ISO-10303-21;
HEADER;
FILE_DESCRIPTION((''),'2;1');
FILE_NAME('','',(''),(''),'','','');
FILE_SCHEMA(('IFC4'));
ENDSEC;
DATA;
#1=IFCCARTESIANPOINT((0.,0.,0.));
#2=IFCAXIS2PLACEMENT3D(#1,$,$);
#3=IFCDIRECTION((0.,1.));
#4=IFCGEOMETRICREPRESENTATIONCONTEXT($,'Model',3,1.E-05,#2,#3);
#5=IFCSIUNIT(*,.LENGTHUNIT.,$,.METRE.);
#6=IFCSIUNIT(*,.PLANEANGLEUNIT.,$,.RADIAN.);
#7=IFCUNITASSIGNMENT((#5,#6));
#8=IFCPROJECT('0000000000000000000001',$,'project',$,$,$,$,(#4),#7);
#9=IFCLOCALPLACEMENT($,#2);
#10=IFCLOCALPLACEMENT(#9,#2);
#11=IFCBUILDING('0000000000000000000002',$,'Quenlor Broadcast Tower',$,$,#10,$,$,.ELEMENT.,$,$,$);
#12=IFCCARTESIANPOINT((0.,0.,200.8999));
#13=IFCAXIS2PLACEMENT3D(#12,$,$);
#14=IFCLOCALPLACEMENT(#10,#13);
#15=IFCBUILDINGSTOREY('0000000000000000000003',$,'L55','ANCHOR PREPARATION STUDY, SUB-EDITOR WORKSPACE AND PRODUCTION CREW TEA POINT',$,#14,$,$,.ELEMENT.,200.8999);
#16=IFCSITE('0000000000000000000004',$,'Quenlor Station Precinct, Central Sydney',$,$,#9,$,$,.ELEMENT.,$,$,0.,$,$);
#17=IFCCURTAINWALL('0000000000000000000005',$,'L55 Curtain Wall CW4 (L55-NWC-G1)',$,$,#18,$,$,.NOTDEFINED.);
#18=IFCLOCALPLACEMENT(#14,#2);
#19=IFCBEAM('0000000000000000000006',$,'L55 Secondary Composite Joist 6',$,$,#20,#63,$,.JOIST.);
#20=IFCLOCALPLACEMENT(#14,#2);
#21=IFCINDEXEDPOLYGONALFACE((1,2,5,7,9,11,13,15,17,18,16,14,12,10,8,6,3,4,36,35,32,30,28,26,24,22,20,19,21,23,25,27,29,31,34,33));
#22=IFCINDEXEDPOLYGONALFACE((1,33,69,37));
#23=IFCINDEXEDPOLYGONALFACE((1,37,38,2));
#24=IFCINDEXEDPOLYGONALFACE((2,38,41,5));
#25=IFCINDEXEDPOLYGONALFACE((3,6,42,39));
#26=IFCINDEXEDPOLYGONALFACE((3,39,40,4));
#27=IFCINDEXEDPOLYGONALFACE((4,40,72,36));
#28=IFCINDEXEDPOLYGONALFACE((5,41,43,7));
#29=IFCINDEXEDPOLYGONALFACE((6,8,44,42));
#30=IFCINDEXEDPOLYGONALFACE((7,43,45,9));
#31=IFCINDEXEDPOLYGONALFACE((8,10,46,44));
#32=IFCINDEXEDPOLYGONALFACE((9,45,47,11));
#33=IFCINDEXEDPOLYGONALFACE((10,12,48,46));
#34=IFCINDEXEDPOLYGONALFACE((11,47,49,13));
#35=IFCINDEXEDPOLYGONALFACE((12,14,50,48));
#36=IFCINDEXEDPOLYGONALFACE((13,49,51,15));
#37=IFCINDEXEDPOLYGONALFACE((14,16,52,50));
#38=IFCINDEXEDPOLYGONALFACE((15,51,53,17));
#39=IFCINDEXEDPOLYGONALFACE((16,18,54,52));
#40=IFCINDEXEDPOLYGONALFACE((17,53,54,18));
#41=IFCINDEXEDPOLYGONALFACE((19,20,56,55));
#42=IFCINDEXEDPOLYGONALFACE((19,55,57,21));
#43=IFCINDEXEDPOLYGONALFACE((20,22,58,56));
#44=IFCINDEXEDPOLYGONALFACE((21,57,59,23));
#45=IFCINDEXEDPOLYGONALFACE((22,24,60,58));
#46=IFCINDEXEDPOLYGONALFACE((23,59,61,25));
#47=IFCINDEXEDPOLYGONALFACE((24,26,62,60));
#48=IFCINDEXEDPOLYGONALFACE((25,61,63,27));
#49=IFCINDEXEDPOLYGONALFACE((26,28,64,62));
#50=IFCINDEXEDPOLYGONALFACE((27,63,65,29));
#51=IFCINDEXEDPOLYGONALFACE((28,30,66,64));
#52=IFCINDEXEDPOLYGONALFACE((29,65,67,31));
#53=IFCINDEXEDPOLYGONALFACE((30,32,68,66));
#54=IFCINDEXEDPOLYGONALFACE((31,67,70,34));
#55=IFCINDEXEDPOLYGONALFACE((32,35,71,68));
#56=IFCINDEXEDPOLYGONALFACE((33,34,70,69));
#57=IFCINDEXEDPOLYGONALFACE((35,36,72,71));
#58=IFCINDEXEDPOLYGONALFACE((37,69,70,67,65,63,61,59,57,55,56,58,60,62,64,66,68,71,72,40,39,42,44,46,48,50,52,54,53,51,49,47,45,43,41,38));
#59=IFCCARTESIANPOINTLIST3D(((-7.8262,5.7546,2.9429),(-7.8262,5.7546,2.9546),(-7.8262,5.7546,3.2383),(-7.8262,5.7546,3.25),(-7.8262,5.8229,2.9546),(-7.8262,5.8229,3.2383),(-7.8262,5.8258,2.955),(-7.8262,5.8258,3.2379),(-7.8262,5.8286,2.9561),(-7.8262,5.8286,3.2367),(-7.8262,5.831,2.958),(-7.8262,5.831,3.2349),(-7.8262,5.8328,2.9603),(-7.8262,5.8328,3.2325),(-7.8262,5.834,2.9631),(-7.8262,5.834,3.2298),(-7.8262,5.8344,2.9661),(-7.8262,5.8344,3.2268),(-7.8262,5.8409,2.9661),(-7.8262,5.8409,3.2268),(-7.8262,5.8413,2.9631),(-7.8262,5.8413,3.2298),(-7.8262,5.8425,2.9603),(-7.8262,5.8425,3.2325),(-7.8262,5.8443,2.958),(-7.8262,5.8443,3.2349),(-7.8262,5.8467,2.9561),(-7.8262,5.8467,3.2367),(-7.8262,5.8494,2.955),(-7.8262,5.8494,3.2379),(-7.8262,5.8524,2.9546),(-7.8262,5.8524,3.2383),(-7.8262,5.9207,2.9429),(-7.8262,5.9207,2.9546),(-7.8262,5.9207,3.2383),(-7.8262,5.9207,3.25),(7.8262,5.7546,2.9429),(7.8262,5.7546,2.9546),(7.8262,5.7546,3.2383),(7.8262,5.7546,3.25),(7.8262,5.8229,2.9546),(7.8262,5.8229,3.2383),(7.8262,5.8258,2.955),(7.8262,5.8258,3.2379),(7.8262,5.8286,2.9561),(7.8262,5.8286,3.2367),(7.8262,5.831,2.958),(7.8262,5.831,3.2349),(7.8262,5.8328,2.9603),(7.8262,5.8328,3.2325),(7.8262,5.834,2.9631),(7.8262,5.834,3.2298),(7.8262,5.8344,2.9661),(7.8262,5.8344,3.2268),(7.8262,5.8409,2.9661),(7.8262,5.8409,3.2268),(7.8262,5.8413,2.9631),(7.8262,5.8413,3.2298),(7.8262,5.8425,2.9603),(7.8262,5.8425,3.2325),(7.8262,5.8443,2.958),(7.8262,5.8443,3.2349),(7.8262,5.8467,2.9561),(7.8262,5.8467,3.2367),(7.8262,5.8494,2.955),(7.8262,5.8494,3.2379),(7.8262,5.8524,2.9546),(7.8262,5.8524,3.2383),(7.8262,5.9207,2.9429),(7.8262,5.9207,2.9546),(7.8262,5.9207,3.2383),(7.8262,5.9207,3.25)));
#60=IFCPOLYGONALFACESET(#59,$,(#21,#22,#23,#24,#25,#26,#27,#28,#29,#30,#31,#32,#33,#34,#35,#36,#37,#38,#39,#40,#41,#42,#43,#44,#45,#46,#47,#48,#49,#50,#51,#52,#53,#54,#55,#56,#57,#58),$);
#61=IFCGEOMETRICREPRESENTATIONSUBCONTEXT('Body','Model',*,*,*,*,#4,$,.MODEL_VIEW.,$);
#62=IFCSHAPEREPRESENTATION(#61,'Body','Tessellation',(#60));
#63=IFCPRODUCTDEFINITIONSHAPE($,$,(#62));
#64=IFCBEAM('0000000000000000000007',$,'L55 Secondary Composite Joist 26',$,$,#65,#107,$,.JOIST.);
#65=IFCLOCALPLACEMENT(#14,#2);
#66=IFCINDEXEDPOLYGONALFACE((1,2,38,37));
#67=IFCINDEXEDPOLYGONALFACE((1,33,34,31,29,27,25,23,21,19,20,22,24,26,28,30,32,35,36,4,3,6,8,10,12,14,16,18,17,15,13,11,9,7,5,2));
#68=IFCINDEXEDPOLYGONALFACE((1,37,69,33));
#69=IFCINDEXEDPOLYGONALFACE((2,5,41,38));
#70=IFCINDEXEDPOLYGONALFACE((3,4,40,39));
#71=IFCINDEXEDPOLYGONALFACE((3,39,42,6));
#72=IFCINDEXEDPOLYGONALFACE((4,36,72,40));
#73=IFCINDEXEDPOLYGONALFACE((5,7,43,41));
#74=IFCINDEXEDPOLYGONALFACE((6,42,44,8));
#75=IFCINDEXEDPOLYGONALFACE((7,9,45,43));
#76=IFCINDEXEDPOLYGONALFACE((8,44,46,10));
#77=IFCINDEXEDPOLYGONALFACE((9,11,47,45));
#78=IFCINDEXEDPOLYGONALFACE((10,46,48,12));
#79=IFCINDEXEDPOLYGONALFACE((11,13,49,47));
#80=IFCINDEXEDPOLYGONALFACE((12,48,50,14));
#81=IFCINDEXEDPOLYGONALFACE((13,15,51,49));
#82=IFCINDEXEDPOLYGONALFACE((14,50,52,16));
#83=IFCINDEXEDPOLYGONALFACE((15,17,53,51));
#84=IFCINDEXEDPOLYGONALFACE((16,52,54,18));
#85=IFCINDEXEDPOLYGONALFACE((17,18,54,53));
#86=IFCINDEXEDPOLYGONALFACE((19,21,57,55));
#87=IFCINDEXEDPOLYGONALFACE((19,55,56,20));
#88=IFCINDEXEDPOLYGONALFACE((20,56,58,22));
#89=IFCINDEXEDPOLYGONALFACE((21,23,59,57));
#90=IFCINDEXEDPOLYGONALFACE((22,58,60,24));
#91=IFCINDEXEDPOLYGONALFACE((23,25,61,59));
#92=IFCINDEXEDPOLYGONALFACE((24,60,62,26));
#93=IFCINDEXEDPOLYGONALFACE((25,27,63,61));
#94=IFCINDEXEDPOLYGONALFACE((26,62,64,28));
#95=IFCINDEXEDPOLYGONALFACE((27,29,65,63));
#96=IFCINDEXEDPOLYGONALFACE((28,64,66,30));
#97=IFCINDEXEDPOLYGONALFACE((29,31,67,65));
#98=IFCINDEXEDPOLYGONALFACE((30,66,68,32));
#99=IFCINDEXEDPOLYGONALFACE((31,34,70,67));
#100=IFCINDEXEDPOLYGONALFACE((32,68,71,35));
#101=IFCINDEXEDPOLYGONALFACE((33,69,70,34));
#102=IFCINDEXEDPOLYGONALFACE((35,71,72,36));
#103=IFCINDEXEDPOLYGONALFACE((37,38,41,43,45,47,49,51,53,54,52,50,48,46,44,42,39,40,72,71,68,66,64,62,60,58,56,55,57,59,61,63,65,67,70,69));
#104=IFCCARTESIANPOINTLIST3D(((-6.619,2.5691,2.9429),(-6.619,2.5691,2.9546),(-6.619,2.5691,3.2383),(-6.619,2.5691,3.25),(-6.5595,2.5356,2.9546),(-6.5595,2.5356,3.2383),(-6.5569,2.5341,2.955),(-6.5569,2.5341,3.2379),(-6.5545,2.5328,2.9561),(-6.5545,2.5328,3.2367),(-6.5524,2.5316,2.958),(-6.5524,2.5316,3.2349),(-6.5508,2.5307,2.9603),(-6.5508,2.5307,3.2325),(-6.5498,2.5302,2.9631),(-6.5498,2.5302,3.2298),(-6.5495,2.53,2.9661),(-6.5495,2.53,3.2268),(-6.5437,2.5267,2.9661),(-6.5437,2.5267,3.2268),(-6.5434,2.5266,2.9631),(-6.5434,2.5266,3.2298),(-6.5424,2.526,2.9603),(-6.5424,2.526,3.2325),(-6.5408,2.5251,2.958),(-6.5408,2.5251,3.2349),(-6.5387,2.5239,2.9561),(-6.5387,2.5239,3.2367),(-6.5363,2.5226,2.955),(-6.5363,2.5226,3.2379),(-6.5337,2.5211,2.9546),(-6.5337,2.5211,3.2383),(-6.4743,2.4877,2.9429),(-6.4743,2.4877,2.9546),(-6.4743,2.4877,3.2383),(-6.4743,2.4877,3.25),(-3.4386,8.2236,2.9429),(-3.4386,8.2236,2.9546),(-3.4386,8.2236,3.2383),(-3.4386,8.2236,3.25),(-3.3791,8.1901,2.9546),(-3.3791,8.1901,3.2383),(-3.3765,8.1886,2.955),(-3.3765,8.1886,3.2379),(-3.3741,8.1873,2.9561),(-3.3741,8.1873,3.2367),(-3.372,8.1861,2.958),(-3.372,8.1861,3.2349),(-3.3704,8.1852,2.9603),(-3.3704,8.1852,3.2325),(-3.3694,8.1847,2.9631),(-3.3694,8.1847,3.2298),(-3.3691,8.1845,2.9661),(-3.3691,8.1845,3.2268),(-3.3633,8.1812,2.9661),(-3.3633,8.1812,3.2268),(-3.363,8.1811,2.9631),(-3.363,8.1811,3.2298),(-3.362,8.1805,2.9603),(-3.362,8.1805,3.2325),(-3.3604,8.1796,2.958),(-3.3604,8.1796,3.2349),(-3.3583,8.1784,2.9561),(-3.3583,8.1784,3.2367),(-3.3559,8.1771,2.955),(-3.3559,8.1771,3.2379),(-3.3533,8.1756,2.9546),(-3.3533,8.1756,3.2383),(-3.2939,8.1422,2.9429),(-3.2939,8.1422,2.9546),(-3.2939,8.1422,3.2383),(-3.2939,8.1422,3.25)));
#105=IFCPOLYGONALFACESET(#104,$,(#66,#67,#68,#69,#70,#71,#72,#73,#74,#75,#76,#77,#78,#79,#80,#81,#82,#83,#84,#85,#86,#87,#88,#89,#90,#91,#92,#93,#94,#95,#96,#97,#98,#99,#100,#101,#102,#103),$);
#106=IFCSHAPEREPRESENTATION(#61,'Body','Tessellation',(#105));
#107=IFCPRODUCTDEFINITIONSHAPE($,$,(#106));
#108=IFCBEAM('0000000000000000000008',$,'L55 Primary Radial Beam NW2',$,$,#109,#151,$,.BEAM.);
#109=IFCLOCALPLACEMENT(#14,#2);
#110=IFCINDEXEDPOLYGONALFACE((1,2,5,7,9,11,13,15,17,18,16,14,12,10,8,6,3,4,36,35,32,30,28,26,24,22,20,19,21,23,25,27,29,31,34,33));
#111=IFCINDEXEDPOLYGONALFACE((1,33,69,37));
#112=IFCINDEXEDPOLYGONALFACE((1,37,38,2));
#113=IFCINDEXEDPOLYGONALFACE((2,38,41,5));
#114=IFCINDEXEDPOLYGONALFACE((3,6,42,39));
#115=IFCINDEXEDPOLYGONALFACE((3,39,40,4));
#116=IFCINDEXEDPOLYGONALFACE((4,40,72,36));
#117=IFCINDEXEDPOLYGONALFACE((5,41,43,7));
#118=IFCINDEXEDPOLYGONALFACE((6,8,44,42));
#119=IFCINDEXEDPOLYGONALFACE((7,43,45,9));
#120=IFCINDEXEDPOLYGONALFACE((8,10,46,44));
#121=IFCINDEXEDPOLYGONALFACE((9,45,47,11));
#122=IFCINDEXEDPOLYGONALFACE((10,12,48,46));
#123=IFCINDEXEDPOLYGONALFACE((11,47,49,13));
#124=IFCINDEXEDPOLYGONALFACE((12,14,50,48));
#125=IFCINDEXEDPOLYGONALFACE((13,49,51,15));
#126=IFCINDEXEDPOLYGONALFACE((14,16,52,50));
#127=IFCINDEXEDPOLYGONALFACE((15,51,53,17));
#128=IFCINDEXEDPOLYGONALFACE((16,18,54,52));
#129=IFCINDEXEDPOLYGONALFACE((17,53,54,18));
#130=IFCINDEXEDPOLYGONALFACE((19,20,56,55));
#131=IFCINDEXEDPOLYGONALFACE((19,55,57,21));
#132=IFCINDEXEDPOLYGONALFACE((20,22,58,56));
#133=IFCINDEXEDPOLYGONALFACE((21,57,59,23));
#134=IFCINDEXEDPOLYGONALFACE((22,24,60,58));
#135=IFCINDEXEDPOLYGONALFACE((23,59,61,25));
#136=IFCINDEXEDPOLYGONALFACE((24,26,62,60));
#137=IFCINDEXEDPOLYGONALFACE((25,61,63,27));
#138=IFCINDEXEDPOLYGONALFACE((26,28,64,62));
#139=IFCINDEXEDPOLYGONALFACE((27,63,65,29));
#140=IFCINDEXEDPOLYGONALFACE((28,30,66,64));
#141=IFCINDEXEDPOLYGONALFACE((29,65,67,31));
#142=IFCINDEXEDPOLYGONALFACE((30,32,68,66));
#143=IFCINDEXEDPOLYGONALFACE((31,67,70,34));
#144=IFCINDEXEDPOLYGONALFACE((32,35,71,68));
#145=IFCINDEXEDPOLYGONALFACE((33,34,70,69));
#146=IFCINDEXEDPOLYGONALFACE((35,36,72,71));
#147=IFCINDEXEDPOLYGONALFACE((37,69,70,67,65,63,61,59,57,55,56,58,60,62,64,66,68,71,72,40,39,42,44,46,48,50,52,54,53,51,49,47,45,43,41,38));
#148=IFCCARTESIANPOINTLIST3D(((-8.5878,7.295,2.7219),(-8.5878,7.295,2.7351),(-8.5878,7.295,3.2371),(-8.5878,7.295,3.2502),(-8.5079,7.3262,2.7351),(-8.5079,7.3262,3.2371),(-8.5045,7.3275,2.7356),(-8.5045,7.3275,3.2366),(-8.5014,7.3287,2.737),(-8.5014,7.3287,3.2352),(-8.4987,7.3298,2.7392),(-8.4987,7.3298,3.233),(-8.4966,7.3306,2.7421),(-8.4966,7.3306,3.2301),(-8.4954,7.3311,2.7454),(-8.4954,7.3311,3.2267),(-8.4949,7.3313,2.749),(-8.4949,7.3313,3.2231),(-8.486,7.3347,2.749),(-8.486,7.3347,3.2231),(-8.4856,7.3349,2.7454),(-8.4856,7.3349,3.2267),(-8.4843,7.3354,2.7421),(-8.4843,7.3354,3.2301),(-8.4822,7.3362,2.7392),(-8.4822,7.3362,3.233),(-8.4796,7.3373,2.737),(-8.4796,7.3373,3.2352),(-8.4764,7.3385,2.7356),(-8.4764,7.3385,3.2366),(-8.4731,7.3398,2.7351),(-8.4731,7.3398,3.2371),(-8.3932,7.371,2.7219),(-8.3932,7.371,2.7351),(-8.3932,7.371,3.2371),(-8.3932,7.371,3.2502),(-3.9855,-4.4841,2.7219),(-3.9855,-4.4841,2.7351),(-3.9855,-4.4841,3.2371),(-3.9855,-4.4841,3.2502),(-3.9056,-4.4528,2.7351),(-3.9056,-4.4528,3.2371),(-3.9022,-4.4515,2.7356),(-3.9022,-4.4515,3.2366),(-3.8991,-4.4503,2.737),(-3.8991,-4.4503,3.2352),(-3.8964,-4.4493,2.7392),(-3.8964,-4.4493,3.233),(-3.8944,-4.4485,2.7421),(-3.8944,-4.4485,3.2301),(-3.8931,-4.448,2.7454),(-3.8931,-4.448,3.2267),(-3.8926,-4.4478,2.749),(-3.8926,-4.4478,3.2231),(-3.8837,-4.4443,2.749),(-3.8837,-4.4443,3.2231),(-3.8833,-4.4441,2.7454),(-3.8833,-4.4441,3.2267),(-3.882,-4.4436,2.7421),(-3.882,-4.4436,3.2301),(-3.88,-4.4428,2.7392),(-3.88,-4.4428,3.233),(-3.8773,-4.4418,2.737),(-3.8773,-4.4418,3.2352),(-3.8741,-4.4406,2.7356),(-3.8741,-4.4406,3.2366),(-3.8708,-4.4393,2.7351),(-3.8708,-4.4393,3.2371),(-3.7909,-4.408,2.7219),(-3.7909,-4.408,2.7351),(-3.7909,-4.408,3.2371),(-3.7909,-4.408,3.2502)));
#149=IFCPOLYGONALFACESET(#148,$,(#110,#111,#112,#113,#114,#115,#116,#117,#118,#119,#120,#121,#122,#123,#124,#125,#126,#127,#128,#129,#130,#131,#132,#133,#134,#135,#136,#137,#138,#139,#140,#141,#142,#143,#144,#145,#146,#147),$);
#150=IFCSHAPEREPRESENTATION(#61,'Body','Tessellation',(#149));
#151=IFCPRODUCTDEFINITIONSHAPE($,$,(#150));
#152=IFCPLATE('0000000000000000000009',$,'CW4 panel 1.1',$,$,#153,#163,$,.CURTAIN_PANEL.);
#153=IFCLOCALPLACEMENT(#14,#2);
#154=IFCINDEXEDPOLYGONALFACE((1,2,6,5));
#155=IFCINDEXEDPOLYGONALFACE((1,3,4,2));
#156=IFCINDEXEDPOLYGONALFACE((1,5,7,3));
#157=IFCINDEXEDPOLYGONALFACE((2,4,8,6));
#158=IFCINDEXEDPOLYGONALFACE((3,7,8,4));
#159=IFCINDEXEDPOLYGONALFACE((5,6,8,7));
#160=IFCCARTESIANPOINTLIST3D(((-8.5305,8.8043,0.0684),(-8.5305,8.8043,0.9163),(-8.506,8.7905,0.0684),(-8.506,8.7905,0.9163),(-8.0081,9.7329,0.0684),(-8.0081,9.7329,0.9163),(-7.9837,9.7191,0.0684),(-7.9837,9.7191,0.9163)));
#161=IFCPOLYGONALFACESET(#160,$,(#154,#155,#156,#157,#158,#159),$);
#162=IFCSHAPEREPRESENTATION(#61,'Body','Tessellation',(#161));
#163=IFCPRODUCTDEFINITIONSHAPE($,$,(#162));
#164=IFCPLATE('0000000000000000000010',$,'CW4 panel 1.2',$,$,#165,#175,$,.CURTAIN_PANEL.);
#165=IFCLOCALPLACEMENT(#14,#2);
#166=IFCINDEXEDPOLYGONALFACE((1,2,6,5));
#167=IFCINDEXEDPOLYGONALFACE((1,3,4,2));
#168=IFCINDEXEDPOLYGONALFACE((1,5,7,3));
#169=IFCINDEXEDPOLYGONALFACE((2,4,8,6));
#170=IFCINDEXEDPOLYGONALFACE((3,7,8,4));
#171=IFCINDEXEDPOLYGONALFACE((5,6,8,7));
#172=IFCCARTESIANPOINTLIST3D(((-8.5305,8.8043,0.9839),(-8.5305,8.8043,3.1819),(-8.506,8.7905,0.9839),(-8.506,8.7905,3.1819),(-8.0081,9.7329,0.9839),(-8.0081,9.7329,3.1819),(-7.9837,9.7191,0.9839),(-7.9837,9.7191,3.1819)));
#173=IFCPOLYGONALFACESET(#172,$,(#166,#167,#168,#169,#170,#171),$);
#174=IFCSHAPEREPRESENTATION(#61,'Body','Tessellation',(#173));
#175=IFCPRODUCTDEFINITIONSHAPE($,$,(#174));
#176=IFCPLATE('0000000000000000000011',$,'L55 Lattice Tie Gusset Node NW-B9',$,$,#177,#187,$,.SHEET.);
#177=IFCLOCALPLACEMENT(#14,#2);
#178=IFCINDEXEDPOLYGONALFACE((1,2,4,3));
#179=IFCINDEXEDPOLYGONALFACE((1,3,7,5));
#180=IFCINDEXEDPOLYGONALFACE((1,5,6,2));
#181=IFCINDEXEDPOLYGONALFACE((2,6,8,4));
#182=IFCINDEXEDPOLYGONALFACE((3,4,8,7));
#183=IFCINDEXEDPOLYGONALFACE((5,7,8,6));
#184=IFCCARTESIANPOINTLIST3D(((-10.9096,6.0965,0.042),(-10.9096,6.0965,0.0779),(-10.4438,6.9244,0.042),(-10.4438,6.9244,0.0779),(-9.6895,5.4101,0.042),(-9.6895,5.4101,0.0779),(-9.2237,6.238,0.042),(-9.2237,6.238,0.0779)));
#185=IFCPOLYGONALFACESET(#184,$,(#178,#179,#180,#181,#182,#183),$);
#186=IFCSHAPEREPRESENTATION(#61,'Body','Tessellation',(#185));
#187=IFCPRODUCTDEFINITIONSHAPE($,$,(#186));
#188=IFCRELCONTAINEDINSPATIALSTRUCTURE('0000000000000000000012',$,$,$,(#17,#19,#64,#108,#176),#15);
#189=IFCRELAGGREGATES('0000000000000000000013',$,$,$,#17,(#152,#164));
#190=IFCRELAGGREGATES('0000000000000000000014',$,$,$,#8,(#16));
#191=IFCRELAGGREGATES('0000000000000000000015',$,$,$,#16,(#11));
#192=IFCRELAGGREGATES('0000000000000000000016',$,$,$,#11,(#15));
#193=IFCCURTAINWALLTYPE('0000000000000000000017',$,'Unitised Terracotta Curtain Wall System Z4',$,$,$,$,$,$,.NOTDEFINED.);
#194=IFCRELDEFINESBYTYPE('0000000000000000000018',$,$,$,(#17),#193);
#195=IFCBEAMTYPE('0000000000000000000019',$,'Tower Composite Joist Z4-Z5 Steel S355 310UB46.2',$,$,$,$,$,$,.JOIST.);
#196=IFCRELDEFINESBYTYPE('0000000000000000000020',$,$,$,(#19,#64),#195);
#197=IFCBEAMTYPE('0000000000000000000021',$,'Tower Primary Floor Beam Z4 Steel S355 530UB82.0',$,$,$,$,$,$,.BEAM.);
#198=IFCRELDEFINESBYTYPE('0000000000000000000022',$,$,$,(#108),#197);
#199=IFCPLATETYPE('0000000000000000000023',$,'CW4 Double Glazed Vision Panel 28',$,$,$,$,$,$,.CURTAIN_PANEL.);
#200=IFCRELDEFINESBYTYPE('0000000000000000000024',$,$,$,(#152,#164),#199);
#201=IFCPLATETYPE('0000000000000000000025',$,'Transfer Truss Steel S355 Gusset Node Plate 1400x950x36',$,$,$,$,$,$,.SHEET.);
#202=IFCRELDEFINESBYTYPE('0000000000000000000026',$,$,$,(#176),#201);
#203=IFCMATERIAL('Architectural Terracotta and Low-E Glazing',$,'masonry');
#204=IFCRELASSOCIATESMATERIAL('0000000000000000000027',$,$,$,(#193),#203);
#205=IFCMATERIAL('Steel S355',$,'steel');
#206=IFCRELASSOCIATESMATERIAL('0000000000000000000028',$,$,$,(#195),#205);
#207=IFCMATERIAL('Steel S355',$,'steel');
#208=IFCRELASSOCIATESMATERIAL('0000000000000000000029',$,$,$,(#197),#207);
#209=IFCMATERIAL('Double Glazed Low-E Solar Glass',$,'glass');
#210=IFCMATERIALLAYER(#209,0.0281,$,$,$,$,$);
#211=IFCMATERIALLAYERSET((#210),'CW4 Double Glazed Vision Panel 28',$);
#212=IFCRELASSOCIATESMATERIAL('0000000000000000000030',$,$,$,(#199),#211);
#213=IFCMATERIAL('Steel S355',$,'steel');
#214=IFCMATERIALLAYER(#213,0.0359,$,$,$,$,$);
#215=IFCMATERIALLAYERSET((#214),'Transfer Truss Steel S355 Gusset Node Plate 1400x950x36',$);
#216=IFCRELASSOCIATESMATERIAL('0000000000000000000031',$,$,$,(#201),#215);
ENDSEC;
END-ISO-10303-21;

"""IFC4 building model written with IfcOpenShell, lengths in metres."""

from ifc_helpers import new_model, si_unit, direction, frame, origin, origin_2d, place, context, subcontext, project, spatial, rectangle, i_section, extrude, material, layer, layer_set, material_profile, profile_set, type_object, element, aggregate, save


model = new_model("IFC4")

# Units and contexts
model_context = context("Model", 3, precision=1e-05, world=origin(), true_north=direction((0.0, 1.0)))
body_context = subcontext(model_context, "Body", "Model", "MODEL_VIEW")
ifc_project = project(units=[si_unit("LENGTHUNIT", "METRE"), si_unit("PLANEANGLEUNIT", "RADIAN")], contexts=[model_context])

# Site, building, storey
site_placement = place(None, origin())
site = spatial("IfcSite", under=ifc_project, at=site_placement, Name="Quenlor Station Precinct, Central Sydney", CompositionType="ELEMENT", RefElevation=0.0)
building_placement = place(site_placement, origin())
building = spatial("IfcBuilding", under=site, at=building_placement, Name="Quenlor Broadcast Tower", CompositionType="ELEMENT")
storey_placement = place(building_placement, frame((0.0, 0.0, 200.8999)))
storey = spatial("IfcBuildingStorey", under=building, at=storey_placement, Name="L55", Description="ANCHOR PREPARATION STUDY, SUB-EDITOR WORKSPACE AND PRODUCTION CREW TEA POINT", CompositionType="ELEMENT", Elevation=200.8999)

# Curtain wall
ifc_material_1 = material(Name="Architectural Terracotta and Low-E Glazing", Category="masonry")
curtain_wall_type = type_object("IfcCurtainWallType", Name="Unitised Terracotta Curtain Wall System Z4", PredefinedType="NOTDEFINED", material=ifc_material_1)
curtain_wall_placement = place(storey_placement, origin())
curtain_wall = element("IfcCurtainWall", 1, at=curtain_wall_placement, inside=storey, type_object=curtain_wall_type, Name="L55 Curtain Wall CW4 (L55-NWC-G1)", PredefinedType="NOTDEFINED")

# Beams
ifc_material_2 = material(Name="Steel S355", Category="steel")
ifc_material_profile_1 = material_profile(ifc_material_2, i_section(OverallWidth=0.166, OverallDepth=0.3071, WebThickness=0.0066, FlangeThickness=0.0117, FilletRadius=0.0115, at=origin_2d()))
ifc_profile_set_1 = profile_set([ifc_material_profile_1], Name="Steel S355 310UB46.2")
beam_type_1 = type_object("IfcBeamType", Name="Tower Composite Joist Z4-Z5 Steel S355 310UB46.2", PredefinedType="JOIST", material=ifc_profile_set_1)
beam_1_placement = place(storey_placement, frame((-7.8262, 5.8376, 3.0964), z_axis=(1.0, 0.0, 0.0), x_axis=(0.0, 1.0, 0.0)))
element("IfcBeam", 2, at=beam_1_placement, inside=storey, type_object=beam_type_1, Name="L55 Secondary Composite Joist 6", PredefinedType="JOIST", context=body_context, shape_type="SweptSolid", body=[
    extrude(i_section(OverallWidth=0.166, OverallDepth=0.3071, WebThickness=0.0066, FlangeThickness=0.0117, FilletRadius=0.0115, at=origin_2d()), origin(), (0.0, 0.0, 1.0), 15.6523),
])
beam_2_placement = place(storey_placement, frame((-3.3662, 8.1829, 3.0964), z_axis=(-0.490231, -0.871593, 0.0), x_axis=(0.871593, -0.490231, 0.0)))
element("IfcBeam", 3, at=beam_2_placement, inside=storey, type_object=beam_type_1, Name="L55 Secondary Composite Joist 26", PredefinedType="JOIST", context=body_context, shape_type="SweptSolid", body=[
    extrude(i_section(OverallWidth=0.166, OverallDepth=0.3071, WebThickness=0.0066, FlangeThickness=0.0117, FilletRadius=0.0115, at=origin_2d()), origin(), (0.0, 0.0, 1.0), 6.4875),
])
ifc_material_3 = material(Name="Steel S355", Category="steel")
ifc_material_profile_2 = material_profile(ifc_material_3, i_section(OverallWidth=0.209, OverallDepth=0.5283, WebThickness=0.0095, FlangeThickness=0.0132, FilletRadius=0.0139, at=origin_2d()))
ifc_profile_set_2 = profile_set([ifc_material_profile_2], Name="Steel S355 530UB82.0")
beam_type_2 = type_object("IfcBeamType", Name="Tower Primary Floor Beam Z4 Steel S355 530UB82.0", PredefinedType="BEAM", material=ifc_profile_set_2)
beam_3_placement = place(storey_placement, frame((-8.4905, 7.333, 2.9861), z_axis=(0.363926, -0.931428, 0.0), x_axis=(0.931428, 0.363926, 0.0)))
element("IfcBeam", 4, at=beam_3_placement, inside=storey, type_object=beam_type_2, Name="L55 Primary Radial Beam NW2", PredefinedType="BEAM", context=body_context, shape_type="SweptSolid", body=[
    extrude(i_section(OverallWidth=0.209, OverallDepth=0.5283, WebThickness=0.0095, FlangeThickness=0.0132, FilletRadius=0.0139, at=origin_2d()), origin(), (0.0, 0.0, 1.0), 12.6462),
])

# Plates
ifc_material_4 = material(Name="Double Glazed Low-E Solar Glass", Category="glass")
ifc_layer_1 = layer(ifc_material_4, 0.0281)
ifc_layer_set_1 = layer_set([ifc_layer_1], Name="CW4 Double Glazed Vision Panel 28")
plate_type_1 = type_object("IfcPlateType", Name="CW4 Double Glazed Vision Panel 28", PredefinedType="CURTAIN_PANEL", material=ifc_layer_set_1)
plate_1_placement = place(storey_placement, frame((-8.2571, 9.2617, 0.0684), z_axis=(0.0, 0.0, 1.0), x_axis=(0.490293, 0.871558, 0.0)))
plate_1 = element("IfcPlate", 5, at=plate_1_placement, type_object=plate_type_1, Name="CW4 panel 1.1", PredefinedType="CURTAIN_PANEL", context=body_context, shape_type="SweptSolid", body=[
    extrude(rectangle(XDim=1.0654, YDim=0.0281, at=origin_2d()), origin(), (0.0, 0.0, 1.0), 0.8479),
])
plate_2_placement = place(storey_placement, frame((-8.2571, 9.2617, 0.9839), z_axis=(0.0, 0.0, 1.0), x_axis=(0.490293, 0.871558, 0.0)))
plate_2 = element("IfcPlate", 6, at=plate_2_placement, type_object=plate_type_1, Name="CW4 panel 1.2", PredefinedType="CURTAIN_PANEL", context=body_context, shape_type="SweptSolid", body=[
    extrude(rectangle(XDim=1.0654, YDim=0.0281, at=origin_2d()), origin(), (0.0, 0.0, 1.0), 2.198),
])
aggregate(curtain_wall, [plate_1, plate_2])

# Plate
ifc_material_5 = material(Name="Steel S355", Category="steel")
ifc_layer_2 = layer(ifc_material_5, 0.0359)
ifc_layer_set_2 = layer_set([ifc_layer_2], Name="Transfer Truss Steel S355 Gusset Node Plate 1400x950x36")
plate_type_2 = type_object("IfcPlateType", Name="Transfer Truss Steel S355 Gusset Node Plate 1400x950x36", PredefinedType="SHEET", material=ifc_layer_set_2)
for number, where, z_axis, x_axis, name in (
    (7, (-10.0667, 6.1672, 0.042), (0.0, 0.0, 1.0), (-0.871556, 0.490295, 0.0), "L55 Lattice Tie Gusset Node NW-B9"),
):
    element("IfcPlate", number, at=place(storey_placement, frame(where, z_axis=z_axis, x_axis=x_axis)), inside=storey, type_object=plate_type_2, Name=name, PredefinedType="SHEET", context=body_context, shape_type="SweptSolid", body=[
        extrude(rectangle(XDim=1.3999, YDim=0.95, at=origin_2d()), origin(), (0.0, 0.0, 1.0), 0.0359),
    ])

save(model, "model.ifc")
